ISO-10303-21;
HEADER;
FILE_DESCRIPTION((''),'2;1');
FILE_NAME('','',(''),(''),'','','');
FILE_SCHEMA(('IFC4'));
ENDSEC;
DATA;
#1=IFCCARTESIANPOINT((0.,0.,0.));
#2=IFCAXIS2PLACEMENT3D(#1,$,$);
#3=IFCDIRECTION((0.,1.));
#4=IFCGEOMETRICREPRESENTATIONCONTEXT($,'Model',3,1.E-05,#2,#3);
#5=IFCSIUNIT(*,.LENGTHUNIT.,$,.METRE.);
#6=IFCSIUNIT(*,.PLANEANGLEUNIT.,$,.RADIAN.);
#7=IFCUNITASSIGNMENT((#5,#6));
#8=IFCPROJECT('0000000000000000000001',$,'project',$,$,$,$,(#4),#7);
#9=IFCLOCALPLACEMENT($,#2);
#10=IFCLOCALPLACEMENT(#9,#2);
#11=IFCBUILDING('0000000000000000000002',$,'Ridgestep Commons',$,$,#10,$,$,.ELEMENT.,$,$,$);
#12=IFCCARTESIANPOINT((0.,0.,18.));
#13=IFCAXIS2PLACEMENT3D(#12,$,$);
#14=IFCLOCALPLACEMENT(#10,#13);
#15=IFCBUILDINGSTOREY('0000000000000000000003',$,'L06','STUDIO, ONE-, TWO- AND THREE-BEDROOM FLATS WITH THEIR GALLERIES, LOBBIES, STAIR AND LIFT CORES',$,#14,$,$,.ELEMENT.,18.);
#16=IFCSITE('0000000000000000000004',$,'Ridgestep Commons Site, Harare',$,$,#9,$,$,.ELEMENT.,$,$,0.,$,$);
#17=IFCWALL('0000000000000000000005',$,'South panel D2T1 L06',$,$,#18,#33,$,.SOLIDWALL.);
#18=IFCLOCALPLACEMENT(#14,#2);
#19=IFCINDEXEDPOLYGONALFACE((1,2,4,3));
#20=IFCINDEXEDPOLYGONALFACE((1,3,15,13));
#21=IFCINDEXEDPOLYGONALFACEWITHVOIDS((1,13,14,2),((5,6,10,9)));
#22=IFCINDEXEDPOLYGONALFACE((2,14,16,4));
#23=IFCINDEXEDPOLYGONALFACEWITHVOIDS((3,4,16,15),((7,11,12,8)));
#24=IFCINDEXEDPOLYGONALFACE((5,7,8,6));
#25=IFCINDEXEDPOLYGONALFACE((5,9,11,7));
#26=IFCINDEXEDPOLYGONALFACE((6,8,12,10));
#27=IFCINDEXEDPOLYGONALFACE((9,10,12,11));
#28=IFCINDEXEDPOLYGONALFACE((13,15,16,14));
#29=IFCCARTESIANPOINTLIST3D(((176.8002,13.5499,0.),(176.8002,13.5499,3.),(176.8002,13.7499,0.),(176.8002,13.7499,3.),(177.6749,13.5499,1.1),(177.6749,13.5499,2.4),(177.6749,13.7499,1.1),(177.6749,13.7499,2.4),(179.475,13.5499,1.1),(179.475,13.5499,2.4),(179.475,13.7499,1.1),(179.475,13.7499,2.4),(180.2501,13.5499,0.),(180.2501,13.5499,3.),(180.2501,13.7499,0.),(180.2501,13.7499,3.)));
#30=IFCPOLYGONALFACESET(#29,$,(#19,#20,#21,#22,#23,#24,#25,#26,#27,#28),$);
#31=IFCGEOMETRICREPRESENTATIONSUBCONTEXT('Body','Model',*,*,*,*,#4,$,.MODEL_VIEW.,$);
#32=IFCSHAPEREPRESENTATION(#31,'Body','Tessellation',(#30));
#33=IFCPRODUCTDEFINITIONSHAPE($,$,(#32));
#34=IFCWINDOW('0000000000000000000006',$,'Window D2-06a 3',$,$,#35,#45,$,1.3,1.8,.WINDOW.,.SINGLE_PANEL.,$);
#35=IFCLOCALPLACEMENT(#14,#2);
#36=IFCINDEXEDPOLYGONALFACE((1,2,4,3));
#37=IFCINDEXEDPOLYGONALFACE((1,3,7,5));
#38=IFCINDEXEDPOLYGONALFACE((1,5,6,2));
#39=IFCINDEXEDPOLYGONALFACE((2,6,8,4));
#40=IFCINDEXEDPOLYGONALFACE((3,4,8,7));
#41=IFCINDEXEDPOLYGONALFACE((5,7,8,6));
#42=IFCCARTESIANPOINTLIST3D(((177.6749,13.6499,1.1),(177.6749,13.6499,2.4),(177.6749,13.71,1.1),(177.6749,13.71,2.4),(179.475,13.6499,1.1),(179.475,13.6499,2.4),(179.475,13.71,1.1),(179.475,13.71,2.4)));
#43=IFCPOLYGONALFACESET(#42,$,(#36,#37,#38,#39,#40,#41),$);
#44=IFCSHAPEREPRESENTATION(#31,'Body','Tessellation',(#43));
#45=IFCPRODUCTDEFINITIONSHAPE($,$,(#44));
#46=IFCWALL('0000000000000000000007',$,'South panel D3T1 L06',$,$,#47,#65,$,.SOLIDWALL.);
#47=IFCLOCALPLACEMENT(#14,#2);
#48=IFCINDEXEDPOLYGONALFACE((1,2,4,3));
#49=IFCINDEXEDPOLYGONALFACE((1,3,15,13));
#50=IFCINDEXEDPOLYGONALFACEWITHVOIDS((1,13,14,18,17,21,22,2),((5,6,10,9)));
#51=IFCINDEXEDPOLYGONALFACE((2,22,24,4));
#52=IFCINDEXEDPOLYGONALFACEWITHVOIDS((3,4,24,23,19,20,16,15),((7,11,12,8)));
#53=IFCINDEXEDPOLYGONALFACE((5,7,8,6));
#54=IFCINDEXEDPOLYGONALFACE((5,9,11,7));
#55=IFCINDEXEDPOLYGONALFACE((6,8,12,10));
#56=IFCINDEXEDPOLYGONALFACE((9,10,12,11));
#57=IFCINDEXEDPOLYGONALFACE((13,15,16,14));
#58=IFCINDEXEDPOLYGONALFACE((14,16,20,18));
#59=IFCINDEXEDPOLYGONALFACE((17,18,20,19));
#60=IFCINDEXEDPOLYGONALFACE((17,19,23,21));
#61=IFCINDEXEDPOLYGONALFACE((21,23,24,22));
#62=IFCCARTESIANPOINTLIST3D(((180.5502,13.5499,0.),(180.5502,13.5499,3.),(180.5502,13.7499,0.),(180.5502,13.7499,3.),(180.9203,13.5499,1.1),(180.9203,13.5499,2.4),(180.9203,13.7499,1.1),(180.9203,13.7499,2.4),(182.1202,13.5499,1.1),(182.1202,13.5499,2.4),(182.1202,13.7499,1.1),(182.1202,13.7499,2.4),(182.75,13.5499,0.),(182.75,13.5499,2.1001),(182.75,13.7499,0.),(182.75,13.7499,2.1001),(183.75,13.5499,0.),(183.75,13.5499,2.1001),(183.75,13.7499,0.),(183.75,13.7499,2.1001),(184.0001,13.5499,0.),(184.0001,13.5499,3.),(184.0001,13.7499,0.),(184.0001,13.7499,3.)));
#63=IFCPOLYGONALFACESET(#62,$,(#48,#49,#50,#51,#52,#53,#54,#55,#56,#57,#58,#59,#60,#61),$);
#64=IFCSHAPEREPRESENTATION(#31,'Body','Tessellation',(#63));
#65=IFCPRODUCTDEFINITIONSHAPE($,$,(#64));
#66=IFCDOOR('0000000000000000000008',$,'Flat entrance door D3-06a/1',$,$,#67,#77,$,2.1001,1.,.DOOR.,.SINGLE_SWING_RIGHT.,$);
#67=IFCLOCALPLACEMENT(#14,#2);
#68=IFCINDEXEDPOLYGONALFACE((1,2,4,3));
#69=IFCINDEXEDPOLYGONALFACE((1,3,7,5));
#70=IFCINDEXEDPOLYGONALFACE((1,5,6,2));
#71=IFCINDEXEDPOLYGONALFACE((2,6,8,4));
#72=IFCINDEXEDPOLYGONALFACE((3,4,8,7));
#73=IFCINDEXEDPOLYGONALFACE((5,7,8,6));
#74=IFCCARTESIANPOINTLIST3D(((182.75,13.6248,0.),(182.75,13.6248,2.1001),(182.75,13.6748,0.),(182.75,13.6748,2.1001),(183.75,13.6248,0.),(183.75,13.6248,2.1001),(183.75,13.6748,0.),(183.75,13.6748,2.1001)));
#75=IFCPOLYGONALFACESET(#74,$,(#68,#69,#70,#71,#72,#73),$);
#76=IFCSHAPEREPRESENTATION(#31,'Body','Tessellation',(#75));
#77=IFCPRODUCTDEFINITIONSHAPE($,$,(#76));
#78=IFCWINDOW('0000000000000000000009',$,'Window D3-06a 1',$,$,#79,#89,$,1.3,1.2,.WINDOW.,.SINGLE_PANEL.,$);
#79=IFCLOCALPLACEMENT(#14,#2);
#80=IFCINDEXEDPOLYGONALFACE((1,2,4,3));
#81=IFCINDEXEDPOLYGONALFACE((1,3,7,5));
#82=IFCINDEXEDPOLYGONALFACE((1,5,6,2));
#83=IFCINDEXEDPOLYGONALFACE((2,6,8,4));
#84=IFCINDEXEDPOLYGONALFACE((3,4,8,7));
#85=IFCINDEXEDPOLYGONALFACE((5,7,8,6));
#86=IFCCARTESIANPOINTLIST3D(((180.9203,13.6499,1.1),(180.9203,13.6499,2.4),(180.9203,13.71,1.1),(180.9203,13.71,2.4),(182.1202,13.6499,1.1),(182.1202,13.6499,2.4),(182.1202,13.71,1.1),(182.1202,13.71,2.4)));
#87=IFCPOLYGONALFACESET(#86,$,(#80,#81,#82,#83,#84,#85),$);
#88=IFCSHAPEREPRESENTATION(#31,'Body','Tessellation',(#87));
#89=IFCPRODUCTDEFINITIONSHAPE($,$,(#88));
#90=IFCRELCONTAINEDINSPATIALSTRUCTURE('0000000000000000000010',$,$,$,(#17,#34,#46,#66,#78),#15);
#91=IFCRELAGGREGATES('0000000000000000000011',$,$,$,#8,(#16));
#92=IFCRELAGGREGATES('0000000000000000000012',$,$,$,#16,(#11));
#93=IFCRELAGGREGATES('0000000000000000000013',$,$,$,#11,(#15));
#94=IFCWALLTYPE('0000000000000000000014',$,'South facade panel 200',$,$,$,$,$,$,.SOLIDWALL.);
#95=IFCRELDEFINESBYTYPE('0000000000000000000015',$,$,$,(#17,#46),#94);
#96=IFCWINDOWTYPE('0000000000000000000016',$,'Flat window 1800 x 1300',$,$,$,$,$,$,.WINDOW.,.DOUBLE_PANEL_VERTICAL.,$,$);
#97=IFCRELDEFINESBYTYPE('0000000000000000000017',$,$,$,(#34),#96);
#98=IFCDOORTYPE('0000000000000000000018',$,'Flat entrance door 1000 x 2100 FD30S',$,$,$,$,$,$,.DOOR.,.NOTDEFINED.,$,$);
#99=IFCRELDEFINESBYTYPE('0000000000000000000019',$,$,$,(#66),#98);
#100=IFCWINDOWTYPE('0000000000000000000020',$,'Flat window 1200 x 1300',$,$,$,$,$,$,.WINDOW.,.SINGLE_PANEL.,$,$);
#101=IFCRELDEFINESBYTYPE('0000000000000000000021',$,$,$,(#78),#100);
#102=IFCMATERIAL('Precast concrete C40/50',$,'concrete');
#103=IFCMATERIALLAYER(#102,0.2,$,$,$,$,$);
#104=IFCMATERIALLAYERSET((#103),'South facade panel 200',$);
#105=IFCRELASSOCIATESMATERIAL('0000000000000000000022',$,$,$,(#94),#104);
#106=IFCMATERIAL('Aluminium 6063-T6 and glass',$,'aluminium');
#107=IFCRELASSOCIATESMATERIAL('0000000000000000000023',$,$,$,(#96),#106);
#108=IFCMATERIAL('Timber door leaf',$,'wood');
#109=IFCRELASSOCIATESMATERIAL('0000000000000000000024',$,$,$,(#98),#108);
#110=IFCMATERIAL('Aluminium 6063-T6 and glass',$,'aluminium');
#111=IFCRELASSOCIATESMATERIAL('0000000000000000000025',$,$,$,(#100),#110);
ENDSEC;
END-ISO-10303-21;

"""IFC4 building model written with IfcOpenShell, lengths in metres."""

from ifc_helpers import new_model, si_unit, direction, frame, frame_2d, origin, place, context, subcontext, project, spatial, rectangle, extrude, material, layer, layer_set, type_object, element, fill, save


model = new_model("IFC4")

# Units and contexts
model_context = context("Model", 3, precision=1e-05, world=origin(), true_north=direction((0.0, 1.0)))
body_context = subcontext(model_context, "Body", "Model", "MODEL_VIEW")
ifc_project = project(units=[si_unit("LENGTHUNIT", "METRE"), si_unit("PLANEANGLEUNIT", "RADIAN")], contexts=[model_context])

# Site, building, storey
site_placement = place(None, origin())
site = spatial("IfcSite", under=ifc_project, at=site_placement, Name="Ridgestep Commons Site, Harare", CompositionType="ELEMENT", RefElevation=0.0)
building_placement = place(site_placement, origin())
building = spatial("IfcBuilding", under=site, at=building_placement, Name="Ridgestep Commons", CompositionType="ELEMENT")
storey_placement = place(building_placement, frame((0.0, 0.0, 18.0)))
storey = spatial("IfcBuildingStorey", under=building, at=storey_placement, Name="L06", Description="STUDIO, ONE-, TWO- AND THREE-BEDROOM FLATS WITH THEIR GALLERIES, LOBBIES, STAIR AND LIFT CORES", CompositionType="ELEMENT", Elevation=18.0)

# Wall, opening, window
ifc_material_1 = material(Name="Precast concrete C40/50", Category="concrete")
ifc_layer_1 = layer(ifc_material_1, 0.2)
ifc_layer_set_1 = layer_set([ifc_layer_1], Name="South facade panel 200")
wall_type_1 = type_object("IfcWallType", Name="South facade panel 200", PredefinedType="SOLIDWALL", material=ifc_layer_set_1)
wall_1_placement = place(storey_placement, frame((176.8, 13.6499, 0.0), z_axis=(0.0, 0.0, 1.0), x_axis=(1.0, 0.0, 0.0)))
wall_1 = element("IfcWall", 1, at=wall_1_placement, inside=storey, type_object=wall_type_1, Name="South panel D2T1 L06", PredefinedType="SOLIDWALL", context=body_context, shape_type="SweptSolid", body=[
    extrude(rectangle(XDim=3.45, YDim=0.2, at=frame_2d((1.7251, 0.0))), origin(), (0.0, 0.0, 1.0), 3.0),
])
opening_1_placement = place(wall_1_placement, frame((0.875, 0.0, 1.1001)))
opening_1 = element("IfcOpeningElement", 2, at=opening_1_placement, cuts=wall_1, PredefinedType="OPENING", context=body_context, shape_type="SweptSolid", body=[
    extrude(rectangle(XDim=1.8, YDim=1.3, at=frame_2d((0.8999, 0.6499))), frame((0.0, 0.1099, 0.0), z_axis=(0.0, -1.0, 0.0), x_axis=(1.0, 0.0, 0.0)), (0.0, 0.0, 1.0), 0.22),
])
ifc_material_2 = material(Name="Aluminium 6063-T6 and glass", Category="aluminium")
window_type_1 = type_object("IfcWindowType", Name="Flat window 1800 x 1300", PartitioningType="DOUBLE_PANEL_VERTICAL", PredefinedType="WINDOW", material=ifc_material_2)
window_1_placement = place(opening_1_placement, origin())
window_1 = element("IfcWindow", 3, at=window_1_placement, inside=storey, type_object=window_type_1, Name="Window D2-06a 3", OverallHeight=1.3, OverallWidth=1.8, PartitioningType="SINGLE_PANEL", PredefinedType="WINDOW", context=body_context, shape_type="SweptSolid", body=[
    extrude(rectangle(XDim=1.8, YDim=1.3, at=frame_2d((0.8999, 0.6499))), frame((0.0, 0.0601, 0.0), z_axis=(0.0, -1.0, 0.0), x_axis=(1.0, 0.0, 0.0)), (0.0, 0.0, 1.0), 0.0601),
])
fill(opening_1, window_1)

# Wall, openings, door, window
wall_2_placement = place(storey_placement, frame((180.55, 13.6499, 0.0), z_axis=(0.0, 0.0, 1.0), x_axis=(1.0, 0.0, 0.0)))
wall_2 = element("IfcWall", 4, at=wall_2_placement, inside=storey, type_object=wall_type_1, Name="South panel D3T1 L06", PredefinedType="SOLIDWALL", context=body_context, shape_type="SweptSolid", body=[
    extrude(rectangle(XDim=3.45, YDim=0.2, at=frame_2d((1.7251, 0.0))), origin(), (0.0, 0.0, 1.0), 3.0),
])
opening_2_placement = place(wall_2_placement, frame((0.3701, 0.0, 1.1001)))
opening_2 = element("IfcOpeningElement", 5, at=opening_2_placement, cuts=wall_2, PredefinedType="OPENING", context=body_context, shape_type="SweptSolid", body=[
    extrude(rectangle(XDim=1.2, YDim=1.3, at=frame_2d((0.6001, 0.6499))), frame((0.0, 0.1099, 0.0), z_axis=(0.0, -1.0, 0.0), x_axis=(1.0, 0.0, 0.0)), (0.0, 0.0, 1.0), 0.22),
])
opening_3_placement = place(wall_2_placement, frame((2.2, 0.0, 0.0)))
opening_3 = element("IfcOpeningElement", 6, at=opening_3_placement, cuts=wall_2, PredefinedType="OPENING", context=body_context, shape_type="SweptSolid", body=[
    extrude(rectangle(XDim=1.0, YDim=2.1001, at=frame_2d((0.5, 1.05))), frame((0.0, 0.1099, 0.0), z_axis=(0.0, -1.0, 0.0), x_axis=(1.0, 0.0, 0.0)), (0.0, 0.0, 1.0), 0.22),
])
ifc_material_3 = material(Name="Timber door leaf", Category="wood")
door_type_1 = type_object("IfcDoorType", Name="Flat entrance door 1000 x 2100 FD30S", OperationType="NOTDEFINED", PredefinedType="DOOR", material=ifc_material_3)
door_1_placement = place(opening_3_placement, origin())
door_1 = element("IfcDoor", 7, at=door_1_placement, inside=storey, type_object=door_type_1, Name="Flat entrance door D3-06a/1", OperationType="SINGLE_SWING_RIGHT", OverallHeight=2.1001, OverallWidth=1.0, PredefinedType="DOOR", context=body_context, shape_type="SweptSolid", body=[
    extrude(rectangle(XDim=1.0, YDim=2.1001, at=frame_2d((0.5, 1.05))), frame((0.0, 0.0249, 0.0), z_axis=(0.0, -1.0, 0.0), x_axis=(1.0, 0.0, 0.0)), (0.0, 0.0, 1.0), 0.05),
])
fill(opening_3, door_1)
ifc_material_4 = material(Name="Aluminium 6063-T6 and glass", Category="aluminium")
window_type_2 = type_object("IfcWindowType", Name="Flat window 1200 x 1300", PartitioningType="SINGLE_PANEL", PredefinedType="WINDOW", material=ifc_material_4)
window_2_placement = place(opening_2_placement, origin())
window_2 = element("IfcWindow", 8, at=window_2_placement, inside=storey, type_object=window_type_2, Name="Window D3-06a 1", OverallHeight=1.3, OverallWidth=1.2, PartitioningType="SINGLE_PANEL", PredefinedType="WINDOW", context=body_context, shape_type="SweptSolid", body=[
    extrude(rectangle(XDim=1.2, YDim=1.3, at=frame_2d((0.6001, 0.6499))), frame((0.0, 0.0601, 0.0), z_axis=(0.0, -1.0, 0.0), x_axis=(1.0, 0.0, 0.0)), (0.0, 0.0, 1.0), 0.0601),
])
fill(opening_2, window_2)

save(model, "model.ifc")
